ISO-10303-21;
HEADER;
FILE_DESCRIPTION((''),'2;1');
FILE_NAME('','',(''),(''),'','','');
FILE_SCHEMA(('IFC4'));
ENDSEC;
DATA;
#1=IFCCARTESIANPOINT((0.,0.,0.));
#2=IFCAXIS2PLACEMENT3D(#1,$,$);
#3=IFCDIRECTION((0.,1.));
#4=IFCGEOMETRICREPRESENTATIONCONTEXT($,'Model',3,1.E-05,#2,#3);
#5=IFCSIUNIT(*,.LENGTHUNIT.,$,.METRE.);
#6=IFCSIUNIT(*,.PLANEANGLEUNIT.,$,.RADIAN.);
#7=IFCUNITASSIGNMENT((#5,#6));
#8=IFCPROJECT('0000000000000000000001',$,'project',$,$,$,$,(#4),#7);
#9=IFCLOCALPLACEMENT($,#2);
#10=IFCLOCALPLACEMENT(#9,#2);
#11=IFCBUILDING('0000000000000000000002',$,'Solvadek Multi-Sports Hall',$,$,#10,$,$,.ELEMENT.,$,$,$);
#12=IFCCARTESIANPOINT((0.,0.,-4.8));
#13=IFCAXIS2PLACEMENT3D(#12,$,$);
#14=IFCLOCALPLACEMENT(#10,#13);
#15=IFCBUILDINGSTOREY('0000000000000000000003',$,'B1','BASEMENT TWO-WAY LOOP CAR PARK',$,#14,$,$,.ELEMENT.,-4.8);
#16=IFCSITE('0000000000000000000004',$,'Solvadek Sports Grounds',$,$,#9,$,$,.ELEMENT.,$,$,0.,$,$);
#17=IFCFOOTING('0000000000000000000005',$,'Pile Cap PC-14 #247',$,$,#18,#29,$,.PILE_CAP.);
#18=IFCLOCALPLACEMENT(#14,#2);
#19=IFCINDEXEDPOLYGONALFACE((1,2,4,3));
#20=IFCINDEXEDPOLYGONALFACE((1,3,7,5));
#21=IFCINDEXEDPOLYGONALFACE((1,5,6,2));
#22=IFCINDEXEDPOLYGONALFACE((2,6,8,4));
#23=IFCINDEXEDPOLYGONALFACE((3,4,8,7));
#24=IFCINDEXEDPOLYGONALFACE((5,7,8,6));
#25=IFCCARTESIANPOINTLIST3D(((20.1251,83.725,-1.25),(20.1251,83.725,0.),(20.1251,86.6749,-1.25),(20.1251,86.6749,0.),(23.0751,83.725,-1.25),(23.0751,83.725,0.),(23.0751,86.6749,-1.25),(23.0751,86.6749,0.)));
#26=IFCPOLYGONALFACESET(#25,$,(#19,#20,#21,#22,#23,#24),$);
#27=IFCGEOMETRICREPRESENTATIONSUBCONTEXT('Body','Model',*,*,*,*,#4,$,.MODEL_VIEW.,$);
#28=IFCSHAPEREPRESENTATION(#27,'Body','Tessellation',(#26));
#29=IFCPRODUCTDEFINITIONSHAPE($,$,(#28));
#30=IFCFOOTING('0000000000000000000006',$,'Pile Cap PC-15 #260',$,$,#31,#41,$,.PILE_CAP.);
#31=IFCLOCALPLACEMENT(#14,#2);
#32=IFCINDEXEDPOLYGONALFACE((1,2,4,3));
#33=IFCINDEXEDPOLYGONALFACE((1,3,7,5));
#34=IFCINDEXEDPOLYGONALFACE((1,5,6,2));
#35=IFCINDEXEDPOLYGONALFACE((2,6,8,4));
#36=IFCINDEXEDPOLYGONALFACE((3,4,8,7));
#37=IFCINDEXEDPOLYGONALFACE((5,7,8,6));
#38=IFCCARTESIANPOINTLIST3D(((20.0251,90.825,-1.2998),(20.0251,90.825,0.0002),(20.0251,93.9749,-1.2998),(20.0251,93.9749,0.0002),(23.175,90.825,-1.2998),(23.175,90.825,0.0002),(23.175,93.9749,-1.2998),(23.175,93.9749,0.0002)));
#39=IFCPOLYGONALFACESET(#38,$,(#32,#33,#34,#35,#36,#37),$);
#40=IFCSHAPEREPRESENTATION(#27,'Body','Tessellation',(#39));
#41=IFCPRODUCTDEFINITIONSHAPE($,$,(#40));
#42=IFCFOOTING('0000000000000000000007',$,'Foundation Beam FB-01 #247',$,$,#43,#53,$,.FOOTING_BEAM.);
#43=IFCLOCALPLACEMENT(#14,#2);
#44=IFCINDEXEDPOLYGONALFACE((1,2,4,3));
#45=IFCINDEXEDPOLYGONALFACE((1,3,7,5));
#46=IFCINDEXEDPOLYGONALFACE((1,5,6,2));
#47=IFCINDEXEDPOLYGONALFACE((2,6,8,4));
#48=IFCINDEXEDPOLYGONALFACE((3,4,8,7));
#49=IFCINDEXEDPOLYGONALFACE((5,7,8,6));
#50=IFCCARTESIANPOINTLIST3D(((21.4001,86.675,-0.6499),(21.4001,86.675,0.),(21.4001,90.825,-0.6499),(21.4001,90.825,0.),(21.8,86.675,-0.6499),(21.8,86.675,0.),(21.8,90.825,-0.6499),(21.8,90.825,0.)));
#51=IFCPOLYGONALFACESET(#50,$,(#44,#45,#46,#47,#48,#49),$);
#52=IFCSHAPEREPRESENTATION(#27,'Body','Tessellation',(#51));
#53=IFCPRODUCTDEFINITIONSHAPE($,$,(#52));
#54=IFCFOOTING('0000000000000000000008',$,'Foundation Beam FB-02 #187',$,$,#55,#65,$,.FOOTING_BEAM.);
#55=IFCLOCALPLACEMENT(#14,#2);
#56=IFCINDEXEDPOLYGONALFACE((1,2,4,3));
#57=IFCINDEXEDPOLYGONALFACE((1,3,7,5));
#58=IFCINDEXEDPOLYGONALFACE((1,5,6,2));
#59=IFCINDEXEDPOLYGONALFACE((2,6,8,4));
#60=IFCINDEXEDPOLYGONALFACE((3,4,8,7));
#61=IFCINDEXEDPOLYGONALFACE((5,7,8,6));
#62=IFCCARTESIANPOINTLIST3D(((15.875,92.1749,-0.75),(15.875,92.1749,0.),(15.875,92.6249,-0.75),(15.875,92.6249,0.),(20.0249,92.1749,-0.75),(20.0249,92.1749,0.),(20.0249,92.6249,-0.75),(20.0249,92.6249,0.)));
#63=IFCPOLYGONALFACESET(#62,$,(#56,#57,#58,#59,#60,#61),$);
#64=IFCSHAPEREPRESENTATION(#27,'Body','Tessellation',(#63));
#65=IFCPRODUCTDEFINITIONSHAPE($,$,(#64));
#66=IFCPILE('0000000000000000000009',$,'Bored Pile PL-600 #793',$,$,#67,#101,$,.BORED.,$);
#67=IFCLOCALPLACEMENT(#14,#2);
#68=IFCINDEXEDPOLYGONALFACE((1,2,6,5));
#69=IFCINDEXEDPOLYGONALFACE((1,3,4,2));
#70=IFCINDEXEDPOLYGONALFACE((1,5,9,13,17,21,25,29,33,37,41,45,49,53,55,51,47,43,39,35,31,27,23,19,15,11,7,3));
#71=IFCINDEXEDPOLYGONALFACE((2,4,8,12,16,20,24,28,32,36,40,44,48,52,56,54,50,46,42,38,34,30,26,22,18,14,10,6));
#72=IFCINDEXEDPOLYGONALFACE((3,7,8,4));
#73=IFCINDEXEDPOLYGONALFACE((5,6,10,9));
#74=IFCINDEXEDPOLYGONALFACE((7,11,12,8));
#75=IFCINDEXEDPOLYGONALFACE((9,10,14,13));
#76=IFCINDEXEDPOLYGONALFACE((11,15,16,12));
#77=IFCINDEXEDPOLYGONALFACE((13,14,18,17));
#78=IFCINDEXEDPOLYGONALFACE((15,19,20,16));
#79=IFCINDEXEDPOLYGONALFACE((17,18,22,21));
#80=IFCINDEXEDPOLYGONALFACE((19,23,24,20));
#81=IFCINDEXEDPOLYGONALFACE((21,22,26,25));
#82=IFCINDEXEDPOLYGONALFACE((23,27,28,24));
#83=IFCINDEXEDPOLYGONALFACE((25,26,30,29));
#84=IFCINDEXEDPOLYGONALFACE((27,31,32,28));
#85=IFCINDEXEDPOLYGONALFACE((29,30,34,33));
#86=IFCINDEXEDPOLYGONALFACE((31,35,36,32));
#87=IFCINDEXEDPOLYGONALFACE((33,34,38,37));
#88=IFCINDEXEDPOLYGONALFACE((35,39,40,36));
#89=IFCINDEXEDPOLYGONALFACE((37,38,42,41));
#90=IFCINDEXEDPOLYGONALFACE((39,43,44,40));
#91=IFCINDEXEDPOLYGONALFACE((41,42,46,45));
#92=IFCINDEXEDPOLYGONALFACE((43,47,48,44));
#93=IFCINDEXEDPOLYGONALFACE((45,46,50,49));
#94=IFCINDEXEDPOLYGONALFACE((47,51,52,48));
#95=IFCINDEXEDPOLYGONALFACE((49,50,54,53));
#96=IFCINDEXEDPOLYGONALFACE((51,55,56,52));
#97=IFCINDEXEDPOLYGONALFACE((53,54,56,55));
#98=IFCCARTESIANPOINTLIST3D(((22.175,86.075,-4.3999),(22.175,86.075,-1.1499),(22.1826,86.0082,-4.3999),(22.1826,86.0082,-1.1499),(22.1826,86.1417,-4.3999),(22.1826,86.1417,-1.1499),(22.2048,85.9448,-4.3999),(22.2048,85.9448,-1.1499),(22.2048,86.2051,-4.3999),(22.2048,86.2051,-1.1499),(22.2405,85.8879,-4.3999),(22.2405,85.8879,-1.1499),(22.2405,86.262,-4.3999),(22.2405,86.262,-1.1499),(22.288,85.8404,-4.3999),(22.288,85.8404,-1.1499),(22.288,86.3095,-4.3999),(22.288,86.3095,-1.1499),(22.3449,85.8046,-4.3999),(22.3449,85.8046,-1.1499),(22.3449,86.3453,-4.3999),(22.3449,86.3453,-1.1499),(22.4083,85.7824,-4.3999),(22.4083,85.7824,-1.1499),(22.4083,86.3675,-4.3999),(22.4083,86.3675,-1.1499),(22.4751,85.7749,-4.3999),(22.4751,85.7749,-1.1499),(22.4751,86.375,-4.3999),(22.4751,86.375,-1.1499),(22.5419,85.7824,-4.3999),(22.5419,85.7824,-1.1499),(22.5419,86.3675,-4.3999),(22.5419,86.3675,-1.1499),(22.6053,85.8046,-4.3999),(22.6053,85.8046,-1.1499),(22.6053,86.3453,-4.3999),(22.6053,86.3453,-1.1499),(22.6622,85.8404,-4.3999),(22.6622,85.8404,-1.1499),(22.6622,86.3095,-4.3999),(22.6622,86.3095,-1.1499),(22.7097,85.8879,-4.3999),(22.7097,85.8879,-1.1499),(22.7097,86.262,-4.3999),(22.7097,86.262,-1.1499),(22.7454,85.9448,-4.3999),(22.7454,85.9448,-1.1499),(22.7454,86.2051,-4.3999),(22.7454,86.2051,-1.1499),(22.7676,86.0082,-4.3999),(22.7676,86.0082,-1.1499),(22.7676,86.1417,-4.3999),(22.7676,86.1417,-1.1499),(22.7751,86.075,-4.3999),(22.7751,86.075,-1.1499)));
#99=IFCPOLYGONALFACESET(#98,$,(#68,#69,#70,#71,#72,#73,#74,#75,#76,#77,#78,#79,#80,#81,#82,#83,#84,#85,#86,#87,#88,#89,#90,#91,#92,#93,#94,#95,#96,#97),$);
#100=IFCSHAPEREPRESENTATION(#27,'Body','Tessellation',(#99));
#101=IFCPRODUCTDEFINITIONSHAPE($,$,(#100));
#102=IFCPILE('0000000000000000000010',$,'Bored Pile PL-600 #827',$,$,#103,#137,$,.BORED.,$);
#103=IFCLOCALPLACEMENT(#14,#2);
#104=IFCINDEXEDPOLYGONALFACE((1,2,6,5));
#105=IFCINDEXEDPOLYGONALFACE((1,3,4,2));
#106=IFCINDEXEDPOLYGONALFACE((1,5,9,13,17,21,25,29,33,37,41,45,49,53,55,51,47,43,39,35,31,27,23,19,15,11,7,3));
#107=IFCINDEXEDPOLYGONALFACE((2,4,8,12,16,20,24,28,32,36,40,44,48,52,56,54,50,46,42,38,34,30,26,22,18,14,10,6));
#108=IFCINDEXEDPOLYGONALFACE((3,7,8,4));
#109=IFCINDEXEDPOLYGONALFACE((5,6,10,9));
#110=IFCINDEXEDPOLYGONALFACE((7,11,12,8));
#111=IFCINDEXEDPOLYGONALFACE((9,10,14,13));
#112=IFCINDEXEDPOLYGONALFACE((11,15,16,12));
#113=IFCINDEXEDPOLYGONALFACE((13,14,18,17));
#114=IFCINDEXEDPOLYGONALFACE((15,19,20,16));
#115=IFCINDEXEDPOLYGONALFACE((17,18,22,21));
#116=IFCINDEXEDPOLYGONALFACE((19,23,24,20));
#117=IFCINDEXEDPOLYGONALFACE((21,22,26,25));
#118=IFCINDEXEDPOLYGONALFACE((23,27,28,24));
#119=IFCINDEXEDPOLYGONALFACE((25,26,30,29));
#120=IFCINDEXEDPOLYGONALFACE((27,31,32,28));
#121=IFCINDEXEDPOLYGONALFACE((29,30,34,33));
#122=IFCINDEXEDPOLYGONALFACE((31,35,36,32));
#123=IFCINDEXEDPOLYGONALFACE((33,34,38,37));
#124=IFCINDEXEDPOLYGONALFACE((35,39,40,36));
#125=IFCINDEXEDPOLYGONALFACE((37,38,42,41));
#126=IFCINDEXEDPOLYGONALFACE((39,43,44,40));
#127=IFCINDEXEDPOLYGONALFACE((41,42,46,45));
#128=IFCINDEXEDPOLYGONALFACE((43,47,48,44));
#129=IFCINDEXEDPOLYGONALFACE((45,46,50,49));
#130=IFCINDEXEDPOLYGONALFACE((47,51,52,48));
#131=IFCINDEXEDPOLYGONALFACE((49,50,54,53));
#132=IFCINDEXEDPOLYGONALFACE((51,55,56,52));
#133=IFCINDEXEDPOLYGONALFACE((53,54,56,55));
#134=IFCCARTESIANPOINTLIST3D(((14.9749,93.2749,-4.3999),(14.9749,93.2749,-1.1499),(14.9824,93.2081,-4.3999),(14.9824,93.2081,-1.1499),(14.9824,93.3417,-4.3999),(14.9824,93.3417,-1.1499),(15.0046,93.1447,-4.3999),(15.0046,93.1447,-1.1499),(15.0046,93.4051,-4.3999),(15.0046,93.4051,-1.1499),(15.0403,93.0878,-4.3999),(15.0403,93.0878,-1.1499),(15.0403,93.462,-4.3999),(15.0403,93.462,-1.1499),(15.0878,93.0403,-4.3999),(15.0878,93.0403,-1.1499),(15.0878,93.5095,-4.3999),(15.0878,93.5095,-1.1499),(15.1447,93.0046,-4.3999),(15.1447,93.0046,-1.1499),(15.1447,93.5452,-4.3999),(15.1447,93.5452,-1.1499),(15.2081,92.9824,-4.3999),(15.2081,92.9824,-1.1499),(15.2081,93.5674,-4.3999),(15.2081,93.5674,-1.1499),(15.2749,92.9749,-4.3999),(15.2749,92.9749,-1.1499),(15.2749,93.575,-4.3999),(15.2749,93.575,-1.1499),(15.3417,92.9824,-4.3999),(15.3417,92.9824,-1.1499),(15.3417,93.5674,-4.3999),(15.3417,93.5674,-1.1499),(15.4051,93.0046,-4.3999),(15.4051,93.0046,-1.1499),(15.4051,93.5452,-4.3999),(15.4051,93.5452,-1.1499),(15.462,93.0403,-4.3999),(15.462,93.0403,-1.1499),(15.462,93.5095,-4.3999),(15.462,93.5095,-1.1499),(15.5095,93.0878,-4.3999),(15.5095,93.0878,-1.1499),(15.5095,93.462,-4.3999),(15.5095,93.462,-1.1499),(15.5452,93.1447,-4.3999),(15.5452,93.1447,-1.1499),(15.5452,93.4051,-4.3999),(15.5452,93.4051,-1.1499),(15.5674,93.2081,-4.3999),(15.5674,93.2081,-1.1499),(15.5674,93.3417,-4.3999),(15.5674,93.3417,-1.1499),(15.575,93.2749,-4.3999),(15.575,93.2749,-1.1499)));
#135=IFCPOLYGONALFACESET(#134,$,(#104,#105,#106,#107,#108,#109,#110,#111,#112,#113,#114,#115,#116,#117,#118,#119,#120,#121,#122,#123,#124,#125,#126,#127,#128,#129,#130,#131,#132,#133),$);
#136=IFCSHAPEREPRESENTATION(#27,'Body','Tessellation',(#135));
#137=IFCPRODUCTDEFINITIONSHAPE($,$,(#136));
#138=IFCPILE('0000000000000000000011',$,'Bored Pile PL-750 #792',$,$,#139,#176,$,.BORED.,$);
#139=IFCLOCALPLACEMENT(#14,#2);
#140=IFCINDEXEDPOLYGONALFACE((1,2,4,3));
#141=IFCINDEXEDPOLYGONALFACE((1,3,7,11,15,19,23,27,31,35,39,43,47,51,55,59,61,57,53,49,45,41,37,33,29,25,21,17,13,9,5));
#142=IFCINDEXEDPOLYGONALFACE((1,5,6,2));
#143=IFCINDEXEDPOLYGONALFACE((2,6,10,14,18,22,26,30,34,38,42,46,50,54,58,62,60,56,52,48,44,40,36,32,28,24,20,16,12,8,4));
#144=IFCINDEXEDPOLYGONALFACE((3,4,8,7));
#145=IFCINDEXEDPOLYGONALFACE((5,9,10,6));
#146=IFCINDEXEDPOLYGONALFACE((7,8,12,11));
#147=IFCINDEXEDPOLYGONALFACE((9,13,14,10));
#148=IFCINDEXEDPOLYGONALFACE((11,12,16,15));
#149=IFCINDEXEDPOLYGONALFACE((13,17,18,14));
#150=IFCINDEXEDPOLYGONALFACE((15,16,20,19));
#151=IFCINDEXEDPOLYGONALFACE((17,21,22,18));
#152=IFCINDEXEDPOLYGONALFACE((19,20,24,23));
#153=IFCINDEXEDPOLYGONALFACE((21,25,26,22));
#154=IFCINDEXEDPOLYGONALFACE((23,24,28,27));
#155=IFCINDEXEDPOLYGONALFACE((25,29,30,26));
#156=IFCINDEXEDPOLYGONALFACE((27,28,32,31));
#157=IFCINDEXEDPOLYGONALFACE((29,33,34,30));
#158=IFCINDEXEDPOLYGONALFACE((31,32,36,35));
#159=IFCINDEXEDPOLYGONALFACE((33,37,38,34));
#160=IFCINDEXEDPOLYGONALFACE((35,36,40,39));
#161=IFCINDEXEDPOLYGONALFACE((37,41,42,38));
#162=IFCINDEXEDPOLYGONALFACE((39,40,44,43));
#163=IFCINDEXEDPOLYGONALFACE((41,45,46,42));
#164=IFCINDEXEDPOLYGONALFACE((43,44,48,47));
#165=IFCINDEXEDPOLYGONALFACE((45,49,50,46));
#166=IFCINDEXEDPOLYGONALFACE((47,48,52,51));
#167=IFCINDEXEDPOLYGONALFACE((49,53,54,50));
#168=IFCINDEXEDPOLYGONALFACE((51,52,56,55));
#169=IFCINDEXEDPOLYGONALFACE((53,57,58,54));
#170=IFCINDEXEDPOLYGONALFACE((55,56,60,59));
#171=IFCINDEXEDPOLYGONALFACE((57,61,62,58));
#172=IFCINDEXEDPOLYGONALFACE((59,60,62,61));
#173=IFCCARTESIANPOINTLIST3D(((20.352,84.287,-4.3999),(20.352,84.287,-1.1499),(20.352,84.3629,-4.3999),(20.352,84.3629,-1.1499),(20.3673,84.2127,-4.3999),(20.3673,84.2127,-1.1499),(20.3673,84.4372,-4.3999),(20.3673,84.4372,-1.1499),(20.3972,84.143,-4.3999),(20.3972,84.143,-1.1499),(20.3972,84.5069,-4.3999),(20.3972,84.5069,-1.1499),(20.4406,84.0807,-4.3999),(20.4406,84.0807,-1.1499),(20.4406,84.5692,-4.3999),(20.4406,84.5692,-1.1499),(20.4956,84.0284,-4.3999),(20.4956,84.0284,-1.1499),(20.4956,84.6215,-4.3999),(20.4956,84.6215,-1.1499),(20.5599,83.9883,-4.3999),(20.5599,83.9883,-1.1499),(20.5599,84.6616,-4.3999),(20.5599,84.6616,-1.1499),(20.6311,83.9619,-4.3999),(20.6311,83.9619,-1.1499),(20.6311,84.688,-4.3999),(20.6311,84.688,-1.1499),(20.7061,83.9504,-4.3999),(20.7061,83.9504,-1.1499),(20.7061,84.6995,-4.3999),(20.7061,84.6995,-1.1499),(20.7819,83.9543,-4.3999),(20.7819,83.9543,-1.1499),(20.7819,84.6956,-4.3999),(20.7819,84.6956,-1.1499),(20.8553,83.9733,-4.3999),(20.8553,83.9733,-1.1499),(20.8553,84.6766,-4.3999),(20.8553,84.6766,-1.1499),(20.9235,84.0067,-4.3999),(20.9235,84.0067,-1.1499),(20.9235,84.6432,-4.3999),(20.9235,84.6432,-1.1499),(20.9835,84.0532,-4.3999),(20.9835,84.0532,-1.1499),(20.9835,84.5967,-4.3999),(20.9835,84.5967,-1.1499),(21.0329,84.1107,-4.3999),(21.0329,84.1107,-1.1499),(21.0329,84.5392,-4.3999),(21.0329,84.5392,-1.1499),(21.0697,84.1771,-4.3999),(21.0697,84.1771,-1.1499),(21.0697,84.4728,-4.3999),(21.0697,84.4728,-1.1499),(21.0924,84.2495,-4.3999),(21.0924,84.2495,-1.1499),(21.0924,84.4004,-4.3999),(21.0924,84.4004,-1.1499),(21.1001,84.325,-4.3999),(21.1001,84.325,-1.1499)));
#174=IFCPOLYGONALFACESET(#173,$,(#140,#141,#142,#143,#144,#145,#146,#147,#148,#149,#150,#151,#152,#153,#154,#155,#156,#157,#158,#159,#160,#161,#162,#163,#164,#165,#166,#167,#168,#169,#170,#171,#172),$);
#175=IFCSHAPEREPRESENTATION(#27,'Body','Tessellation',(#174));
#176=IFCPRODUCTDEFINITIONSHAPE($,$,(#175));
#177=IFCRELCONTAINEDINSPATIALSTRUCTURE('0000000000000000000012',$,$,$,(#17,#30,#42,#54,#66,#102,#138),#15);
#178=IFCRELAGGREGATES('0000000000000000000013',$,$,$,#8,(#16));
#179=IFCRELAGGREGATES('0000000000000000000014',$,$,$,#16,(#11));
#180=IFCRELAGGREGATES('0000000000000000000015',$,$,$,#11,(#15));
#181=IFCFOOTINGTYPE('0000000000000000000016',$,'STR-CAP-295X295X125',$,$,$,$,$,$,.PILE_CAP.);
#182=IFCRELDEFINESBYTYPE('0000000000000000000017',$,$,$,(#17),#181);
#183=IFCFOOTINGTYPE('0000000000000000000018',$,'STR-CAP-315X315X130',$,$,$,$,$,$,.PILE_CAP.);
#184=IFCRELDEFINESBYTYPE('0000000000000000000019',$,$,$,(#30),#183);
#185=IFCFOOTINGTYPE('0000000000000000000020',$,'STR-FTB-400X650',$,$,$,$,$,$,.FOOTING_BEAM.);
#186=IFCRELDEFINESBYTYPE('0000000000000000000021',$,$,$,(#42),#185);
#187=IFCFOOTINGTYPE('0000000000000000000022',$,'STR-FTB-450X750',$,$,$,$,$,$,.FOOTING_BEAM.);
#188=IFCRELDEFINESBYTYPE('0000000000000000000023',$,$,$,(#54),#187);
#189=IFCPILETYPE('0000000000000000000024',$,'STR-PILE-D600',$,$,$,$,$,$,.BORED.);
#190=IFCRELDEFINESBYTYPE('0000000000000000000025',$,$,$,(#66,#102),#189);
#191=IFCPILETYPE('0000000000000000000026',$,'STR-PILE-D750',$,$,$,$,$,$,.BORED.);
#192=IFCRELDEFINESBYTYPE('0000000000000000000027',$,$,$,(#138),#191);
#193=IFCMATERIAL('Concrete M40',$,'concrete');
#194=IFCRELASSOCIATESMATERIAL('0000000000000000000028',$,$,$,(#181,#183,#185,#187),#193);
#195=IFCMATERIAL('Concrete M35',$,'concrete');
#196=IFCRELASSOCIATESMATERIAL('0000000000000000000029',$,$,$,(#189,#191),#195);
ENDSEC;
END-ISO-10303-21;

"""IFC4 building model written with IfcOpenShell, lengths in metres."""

from ifc_helpers import new_model, si_unit, direction, frame, origin, origin_2d, place, context, subcontext, project, spatial, rectangle, circle, extrude, material, material_profile, profile_set, type_object, element, save


model = new_model("IFC4")

# Units and contexts
model_context = context("Model", 3, precision=1e-05, world=origin(), true_north=direction((0.0, 1.0)))
body_context = subcontext(model_context, "Body", "Model", "MODEL_VIEW")
ifc_project = project(units=[si_unit("LENGTHUNIT", "METRE"), si_unit("PLANEANGLEUNIT", "RADIAN")], contexts=[model_context])

# Site, building, storey
site_placement = place(None, origin())
site = spatial("IfcSite", under=ifc_project, at=site_placement, Name="Solvadek Sports Grounds", CompositionType="ELEMENT", RefElevation=0.0)
building_placement = place(site_placement, origin())
building = spatial("IfcBuilding", under=site, at=building_placement, Name="Solvadek Multi-Sports Hall", CompositionType="ELEMENT")
storey_placement = place(building_placement, frame((0.0, 0.0, -4.8)))
storey = spatial("IfcBuildingStorey", under=building, at=storey_placement, Name="B1", Description="BASEMENT TWO-WAY LOOP CAR PARK", CompositionType="ELEMENT", Elevation=-4.8)

# Footings
ifc_material_1 = material(Name="Concrete M40", Category="concrete")
footing_type_1 = type_object("IfcFootingType", Name="STR-CAP-295X295X125", PredefinedType="PILE_CAP", material=ifc_material_1)
footing_1_placement = place(storey_placement, frame((21.6001, 85.2, -1.25), z_axis=(0.0, 0.0, 1.0), x_axis=(1.0, 0.0, 0.0)))
element("IfcFooting", 1, at=footing_1_placement, inside=storey, type_object=footing_type_1, Name="Pile Cap PC-14 #247", PredefinedType="PILE_CAP", context=body_context, shape_type="SweptSolid", body=[
    extrude(rectangle(XDim=2.95, YDim=2.95, at=origin_2d()), origin(), (0.0, 0.0, 1.0), 1.25),
])
footing_type_2 = type_object("IfcFootingType", Name="STR-CAP-315X315X130", PredefinedType="PILE_CAP", material=ifc_material_1)
footing_2_placement = place(storey_placement, frame((21.6001, 92.3999, -1.2998), z_axis=(0.0, 0.0, 1.0), x_axis=(1.0, 0.0, 0.0)))
element("IfcFooting", 2, at=footing_2_placement, inside=storey, type_object=footing_type_2, Name="Pile Cap PC-15 #260", PredefinedType="PILE_CAP", context=body_context, shape_type="SweptSolid", body=[
    extrude(rectangle(XDim=3.1499, YDim=3.1499, at=origin_2d()), origin(), (0.0, 0.0, 1.0), 1.3),
])
footing_type_3 = type_object("IfcFootingType", Name="STR-FTB-400X650", PredefinedType="FOOTING_BEAM", material=ifc_material_1)
footing_3_placement = place(storey_placement, frame((21.6001, 88.75, -0.6499), z_axis=(0.0, 0.0, 1.0), x_axis=(0.0, 1.0, 0.0)))
element("IfcFooting", 3, at=footing_3_placement, inside=storey, type_object=footing_type_3, Name="Foundation Beam FB-01 #247", PredefinedType="FOOTING_BEAM", context=body_context, shape_type="SweptSolid", body=[
    extrude(rectangle(XDim=4.1499, YDim=0.3999, at=origin_2d()), origin(), (0.0, 0.0, 1.0), 0.6499),
])
footing_type_4 = type_object("IfcFootingType", Name="STR-FTB-450X750", PredefinedType="FOOTING_BEAM", material=ifc_material_1)
footing_4_placement = place(storey_placement, frame((17.95, 92.3999, -0.75), z_axis=(0.0, 0.0, 1.0), x_axis=(1.0, 0.0, 0.0)))
element("IfcFooting", 4, at=footing_4_placement, inside=storey, type_object=footing_type_4, Name="Foundation Beam FB-02 #187", PredefinedType="FOOTING_BEAM", context=body_context, shape_type="SweptSolid", body=[
    extrude(rectangle(XDim=4.1499, YDim=0.45, at=origin_2d()), origin(), (0.0, 0.0, 1.0), 0.75),
])

# Piles
ifc_material_2 = material(Name="Concrete M35", Category="concrete")
ifc_material_profile_1 = material_profile(ifc_material_2, circle(Radius=0.3, at=origin_2d()), Name="BORED PILE D600")
ifc_profile_set_1 = profile_set([ifc_material_profile_1], Name="Concrete M35")
pile_type_1 = type_object("IfcPileType", Name="STR-PILE-D600", PredefinedType="BORED", material=ifc_profile_set_1)
for number, where, z_axis, x_axis, name in (
    (5, (22.4751, 86.075, -1.1499), (0.0, 0.0, -1.0), (1.0, 0.0, 0.0), "Bored Pile PL-600 #793"),
    (6, (15.2749, 93.2749, -1.1499), (0.0, 0.0, -1.0), (1.0, 0.0, 0.0), "Bored Pile PL-600 #827"),
):
    element("IfcPile", number, at=place(storey_placement, frame(where, z_axis=z_axis, x_axis=x_axis)), inside=storey, type_object=pile_type_1, Name=name, PredefinedType="BORED", context=body_context, shape_type="SweptSolid", body=[
        extrude(circle(Radius=0.3, at=origin_2d()), origin(), (0.0, 0.0, 1.0), 3.25),
    ])
ifc_material_profile_2 = material_profile(ifc_material_2, circle(Radius=0.375, at=origin_2d()), Name="BORED PILE D750")
ifc_profile_set_2 = profile_set([ifc_material_profile_2], Name="Concrete M35")
pile_type_2 = type_object("IfcPileType", Name="STR-PILE-D750", PredefinedType="BORED", material=ifc_profile_set_2)
pile_placement = place(storey_placement, frame((20.7251, 84.325, -1.1499), z_axis=(0.0, 0.0, -1.0), x_axis=(1.0, 0.0, 0.0)))
element("IfcPile", 7, at=pile_placement, inside=storey, type_object=pile_type_2, Name="Bored Pile PL-750 #792", PredefinedType="BORED", context=body_context, shape_type="SweptSolid", body=[
    extrude(circle(Radius=0.375, at=origin_2d()), origin(), (0.0, 0.0, 1.0), 3.25),
])

save(model, "model.ifc")
